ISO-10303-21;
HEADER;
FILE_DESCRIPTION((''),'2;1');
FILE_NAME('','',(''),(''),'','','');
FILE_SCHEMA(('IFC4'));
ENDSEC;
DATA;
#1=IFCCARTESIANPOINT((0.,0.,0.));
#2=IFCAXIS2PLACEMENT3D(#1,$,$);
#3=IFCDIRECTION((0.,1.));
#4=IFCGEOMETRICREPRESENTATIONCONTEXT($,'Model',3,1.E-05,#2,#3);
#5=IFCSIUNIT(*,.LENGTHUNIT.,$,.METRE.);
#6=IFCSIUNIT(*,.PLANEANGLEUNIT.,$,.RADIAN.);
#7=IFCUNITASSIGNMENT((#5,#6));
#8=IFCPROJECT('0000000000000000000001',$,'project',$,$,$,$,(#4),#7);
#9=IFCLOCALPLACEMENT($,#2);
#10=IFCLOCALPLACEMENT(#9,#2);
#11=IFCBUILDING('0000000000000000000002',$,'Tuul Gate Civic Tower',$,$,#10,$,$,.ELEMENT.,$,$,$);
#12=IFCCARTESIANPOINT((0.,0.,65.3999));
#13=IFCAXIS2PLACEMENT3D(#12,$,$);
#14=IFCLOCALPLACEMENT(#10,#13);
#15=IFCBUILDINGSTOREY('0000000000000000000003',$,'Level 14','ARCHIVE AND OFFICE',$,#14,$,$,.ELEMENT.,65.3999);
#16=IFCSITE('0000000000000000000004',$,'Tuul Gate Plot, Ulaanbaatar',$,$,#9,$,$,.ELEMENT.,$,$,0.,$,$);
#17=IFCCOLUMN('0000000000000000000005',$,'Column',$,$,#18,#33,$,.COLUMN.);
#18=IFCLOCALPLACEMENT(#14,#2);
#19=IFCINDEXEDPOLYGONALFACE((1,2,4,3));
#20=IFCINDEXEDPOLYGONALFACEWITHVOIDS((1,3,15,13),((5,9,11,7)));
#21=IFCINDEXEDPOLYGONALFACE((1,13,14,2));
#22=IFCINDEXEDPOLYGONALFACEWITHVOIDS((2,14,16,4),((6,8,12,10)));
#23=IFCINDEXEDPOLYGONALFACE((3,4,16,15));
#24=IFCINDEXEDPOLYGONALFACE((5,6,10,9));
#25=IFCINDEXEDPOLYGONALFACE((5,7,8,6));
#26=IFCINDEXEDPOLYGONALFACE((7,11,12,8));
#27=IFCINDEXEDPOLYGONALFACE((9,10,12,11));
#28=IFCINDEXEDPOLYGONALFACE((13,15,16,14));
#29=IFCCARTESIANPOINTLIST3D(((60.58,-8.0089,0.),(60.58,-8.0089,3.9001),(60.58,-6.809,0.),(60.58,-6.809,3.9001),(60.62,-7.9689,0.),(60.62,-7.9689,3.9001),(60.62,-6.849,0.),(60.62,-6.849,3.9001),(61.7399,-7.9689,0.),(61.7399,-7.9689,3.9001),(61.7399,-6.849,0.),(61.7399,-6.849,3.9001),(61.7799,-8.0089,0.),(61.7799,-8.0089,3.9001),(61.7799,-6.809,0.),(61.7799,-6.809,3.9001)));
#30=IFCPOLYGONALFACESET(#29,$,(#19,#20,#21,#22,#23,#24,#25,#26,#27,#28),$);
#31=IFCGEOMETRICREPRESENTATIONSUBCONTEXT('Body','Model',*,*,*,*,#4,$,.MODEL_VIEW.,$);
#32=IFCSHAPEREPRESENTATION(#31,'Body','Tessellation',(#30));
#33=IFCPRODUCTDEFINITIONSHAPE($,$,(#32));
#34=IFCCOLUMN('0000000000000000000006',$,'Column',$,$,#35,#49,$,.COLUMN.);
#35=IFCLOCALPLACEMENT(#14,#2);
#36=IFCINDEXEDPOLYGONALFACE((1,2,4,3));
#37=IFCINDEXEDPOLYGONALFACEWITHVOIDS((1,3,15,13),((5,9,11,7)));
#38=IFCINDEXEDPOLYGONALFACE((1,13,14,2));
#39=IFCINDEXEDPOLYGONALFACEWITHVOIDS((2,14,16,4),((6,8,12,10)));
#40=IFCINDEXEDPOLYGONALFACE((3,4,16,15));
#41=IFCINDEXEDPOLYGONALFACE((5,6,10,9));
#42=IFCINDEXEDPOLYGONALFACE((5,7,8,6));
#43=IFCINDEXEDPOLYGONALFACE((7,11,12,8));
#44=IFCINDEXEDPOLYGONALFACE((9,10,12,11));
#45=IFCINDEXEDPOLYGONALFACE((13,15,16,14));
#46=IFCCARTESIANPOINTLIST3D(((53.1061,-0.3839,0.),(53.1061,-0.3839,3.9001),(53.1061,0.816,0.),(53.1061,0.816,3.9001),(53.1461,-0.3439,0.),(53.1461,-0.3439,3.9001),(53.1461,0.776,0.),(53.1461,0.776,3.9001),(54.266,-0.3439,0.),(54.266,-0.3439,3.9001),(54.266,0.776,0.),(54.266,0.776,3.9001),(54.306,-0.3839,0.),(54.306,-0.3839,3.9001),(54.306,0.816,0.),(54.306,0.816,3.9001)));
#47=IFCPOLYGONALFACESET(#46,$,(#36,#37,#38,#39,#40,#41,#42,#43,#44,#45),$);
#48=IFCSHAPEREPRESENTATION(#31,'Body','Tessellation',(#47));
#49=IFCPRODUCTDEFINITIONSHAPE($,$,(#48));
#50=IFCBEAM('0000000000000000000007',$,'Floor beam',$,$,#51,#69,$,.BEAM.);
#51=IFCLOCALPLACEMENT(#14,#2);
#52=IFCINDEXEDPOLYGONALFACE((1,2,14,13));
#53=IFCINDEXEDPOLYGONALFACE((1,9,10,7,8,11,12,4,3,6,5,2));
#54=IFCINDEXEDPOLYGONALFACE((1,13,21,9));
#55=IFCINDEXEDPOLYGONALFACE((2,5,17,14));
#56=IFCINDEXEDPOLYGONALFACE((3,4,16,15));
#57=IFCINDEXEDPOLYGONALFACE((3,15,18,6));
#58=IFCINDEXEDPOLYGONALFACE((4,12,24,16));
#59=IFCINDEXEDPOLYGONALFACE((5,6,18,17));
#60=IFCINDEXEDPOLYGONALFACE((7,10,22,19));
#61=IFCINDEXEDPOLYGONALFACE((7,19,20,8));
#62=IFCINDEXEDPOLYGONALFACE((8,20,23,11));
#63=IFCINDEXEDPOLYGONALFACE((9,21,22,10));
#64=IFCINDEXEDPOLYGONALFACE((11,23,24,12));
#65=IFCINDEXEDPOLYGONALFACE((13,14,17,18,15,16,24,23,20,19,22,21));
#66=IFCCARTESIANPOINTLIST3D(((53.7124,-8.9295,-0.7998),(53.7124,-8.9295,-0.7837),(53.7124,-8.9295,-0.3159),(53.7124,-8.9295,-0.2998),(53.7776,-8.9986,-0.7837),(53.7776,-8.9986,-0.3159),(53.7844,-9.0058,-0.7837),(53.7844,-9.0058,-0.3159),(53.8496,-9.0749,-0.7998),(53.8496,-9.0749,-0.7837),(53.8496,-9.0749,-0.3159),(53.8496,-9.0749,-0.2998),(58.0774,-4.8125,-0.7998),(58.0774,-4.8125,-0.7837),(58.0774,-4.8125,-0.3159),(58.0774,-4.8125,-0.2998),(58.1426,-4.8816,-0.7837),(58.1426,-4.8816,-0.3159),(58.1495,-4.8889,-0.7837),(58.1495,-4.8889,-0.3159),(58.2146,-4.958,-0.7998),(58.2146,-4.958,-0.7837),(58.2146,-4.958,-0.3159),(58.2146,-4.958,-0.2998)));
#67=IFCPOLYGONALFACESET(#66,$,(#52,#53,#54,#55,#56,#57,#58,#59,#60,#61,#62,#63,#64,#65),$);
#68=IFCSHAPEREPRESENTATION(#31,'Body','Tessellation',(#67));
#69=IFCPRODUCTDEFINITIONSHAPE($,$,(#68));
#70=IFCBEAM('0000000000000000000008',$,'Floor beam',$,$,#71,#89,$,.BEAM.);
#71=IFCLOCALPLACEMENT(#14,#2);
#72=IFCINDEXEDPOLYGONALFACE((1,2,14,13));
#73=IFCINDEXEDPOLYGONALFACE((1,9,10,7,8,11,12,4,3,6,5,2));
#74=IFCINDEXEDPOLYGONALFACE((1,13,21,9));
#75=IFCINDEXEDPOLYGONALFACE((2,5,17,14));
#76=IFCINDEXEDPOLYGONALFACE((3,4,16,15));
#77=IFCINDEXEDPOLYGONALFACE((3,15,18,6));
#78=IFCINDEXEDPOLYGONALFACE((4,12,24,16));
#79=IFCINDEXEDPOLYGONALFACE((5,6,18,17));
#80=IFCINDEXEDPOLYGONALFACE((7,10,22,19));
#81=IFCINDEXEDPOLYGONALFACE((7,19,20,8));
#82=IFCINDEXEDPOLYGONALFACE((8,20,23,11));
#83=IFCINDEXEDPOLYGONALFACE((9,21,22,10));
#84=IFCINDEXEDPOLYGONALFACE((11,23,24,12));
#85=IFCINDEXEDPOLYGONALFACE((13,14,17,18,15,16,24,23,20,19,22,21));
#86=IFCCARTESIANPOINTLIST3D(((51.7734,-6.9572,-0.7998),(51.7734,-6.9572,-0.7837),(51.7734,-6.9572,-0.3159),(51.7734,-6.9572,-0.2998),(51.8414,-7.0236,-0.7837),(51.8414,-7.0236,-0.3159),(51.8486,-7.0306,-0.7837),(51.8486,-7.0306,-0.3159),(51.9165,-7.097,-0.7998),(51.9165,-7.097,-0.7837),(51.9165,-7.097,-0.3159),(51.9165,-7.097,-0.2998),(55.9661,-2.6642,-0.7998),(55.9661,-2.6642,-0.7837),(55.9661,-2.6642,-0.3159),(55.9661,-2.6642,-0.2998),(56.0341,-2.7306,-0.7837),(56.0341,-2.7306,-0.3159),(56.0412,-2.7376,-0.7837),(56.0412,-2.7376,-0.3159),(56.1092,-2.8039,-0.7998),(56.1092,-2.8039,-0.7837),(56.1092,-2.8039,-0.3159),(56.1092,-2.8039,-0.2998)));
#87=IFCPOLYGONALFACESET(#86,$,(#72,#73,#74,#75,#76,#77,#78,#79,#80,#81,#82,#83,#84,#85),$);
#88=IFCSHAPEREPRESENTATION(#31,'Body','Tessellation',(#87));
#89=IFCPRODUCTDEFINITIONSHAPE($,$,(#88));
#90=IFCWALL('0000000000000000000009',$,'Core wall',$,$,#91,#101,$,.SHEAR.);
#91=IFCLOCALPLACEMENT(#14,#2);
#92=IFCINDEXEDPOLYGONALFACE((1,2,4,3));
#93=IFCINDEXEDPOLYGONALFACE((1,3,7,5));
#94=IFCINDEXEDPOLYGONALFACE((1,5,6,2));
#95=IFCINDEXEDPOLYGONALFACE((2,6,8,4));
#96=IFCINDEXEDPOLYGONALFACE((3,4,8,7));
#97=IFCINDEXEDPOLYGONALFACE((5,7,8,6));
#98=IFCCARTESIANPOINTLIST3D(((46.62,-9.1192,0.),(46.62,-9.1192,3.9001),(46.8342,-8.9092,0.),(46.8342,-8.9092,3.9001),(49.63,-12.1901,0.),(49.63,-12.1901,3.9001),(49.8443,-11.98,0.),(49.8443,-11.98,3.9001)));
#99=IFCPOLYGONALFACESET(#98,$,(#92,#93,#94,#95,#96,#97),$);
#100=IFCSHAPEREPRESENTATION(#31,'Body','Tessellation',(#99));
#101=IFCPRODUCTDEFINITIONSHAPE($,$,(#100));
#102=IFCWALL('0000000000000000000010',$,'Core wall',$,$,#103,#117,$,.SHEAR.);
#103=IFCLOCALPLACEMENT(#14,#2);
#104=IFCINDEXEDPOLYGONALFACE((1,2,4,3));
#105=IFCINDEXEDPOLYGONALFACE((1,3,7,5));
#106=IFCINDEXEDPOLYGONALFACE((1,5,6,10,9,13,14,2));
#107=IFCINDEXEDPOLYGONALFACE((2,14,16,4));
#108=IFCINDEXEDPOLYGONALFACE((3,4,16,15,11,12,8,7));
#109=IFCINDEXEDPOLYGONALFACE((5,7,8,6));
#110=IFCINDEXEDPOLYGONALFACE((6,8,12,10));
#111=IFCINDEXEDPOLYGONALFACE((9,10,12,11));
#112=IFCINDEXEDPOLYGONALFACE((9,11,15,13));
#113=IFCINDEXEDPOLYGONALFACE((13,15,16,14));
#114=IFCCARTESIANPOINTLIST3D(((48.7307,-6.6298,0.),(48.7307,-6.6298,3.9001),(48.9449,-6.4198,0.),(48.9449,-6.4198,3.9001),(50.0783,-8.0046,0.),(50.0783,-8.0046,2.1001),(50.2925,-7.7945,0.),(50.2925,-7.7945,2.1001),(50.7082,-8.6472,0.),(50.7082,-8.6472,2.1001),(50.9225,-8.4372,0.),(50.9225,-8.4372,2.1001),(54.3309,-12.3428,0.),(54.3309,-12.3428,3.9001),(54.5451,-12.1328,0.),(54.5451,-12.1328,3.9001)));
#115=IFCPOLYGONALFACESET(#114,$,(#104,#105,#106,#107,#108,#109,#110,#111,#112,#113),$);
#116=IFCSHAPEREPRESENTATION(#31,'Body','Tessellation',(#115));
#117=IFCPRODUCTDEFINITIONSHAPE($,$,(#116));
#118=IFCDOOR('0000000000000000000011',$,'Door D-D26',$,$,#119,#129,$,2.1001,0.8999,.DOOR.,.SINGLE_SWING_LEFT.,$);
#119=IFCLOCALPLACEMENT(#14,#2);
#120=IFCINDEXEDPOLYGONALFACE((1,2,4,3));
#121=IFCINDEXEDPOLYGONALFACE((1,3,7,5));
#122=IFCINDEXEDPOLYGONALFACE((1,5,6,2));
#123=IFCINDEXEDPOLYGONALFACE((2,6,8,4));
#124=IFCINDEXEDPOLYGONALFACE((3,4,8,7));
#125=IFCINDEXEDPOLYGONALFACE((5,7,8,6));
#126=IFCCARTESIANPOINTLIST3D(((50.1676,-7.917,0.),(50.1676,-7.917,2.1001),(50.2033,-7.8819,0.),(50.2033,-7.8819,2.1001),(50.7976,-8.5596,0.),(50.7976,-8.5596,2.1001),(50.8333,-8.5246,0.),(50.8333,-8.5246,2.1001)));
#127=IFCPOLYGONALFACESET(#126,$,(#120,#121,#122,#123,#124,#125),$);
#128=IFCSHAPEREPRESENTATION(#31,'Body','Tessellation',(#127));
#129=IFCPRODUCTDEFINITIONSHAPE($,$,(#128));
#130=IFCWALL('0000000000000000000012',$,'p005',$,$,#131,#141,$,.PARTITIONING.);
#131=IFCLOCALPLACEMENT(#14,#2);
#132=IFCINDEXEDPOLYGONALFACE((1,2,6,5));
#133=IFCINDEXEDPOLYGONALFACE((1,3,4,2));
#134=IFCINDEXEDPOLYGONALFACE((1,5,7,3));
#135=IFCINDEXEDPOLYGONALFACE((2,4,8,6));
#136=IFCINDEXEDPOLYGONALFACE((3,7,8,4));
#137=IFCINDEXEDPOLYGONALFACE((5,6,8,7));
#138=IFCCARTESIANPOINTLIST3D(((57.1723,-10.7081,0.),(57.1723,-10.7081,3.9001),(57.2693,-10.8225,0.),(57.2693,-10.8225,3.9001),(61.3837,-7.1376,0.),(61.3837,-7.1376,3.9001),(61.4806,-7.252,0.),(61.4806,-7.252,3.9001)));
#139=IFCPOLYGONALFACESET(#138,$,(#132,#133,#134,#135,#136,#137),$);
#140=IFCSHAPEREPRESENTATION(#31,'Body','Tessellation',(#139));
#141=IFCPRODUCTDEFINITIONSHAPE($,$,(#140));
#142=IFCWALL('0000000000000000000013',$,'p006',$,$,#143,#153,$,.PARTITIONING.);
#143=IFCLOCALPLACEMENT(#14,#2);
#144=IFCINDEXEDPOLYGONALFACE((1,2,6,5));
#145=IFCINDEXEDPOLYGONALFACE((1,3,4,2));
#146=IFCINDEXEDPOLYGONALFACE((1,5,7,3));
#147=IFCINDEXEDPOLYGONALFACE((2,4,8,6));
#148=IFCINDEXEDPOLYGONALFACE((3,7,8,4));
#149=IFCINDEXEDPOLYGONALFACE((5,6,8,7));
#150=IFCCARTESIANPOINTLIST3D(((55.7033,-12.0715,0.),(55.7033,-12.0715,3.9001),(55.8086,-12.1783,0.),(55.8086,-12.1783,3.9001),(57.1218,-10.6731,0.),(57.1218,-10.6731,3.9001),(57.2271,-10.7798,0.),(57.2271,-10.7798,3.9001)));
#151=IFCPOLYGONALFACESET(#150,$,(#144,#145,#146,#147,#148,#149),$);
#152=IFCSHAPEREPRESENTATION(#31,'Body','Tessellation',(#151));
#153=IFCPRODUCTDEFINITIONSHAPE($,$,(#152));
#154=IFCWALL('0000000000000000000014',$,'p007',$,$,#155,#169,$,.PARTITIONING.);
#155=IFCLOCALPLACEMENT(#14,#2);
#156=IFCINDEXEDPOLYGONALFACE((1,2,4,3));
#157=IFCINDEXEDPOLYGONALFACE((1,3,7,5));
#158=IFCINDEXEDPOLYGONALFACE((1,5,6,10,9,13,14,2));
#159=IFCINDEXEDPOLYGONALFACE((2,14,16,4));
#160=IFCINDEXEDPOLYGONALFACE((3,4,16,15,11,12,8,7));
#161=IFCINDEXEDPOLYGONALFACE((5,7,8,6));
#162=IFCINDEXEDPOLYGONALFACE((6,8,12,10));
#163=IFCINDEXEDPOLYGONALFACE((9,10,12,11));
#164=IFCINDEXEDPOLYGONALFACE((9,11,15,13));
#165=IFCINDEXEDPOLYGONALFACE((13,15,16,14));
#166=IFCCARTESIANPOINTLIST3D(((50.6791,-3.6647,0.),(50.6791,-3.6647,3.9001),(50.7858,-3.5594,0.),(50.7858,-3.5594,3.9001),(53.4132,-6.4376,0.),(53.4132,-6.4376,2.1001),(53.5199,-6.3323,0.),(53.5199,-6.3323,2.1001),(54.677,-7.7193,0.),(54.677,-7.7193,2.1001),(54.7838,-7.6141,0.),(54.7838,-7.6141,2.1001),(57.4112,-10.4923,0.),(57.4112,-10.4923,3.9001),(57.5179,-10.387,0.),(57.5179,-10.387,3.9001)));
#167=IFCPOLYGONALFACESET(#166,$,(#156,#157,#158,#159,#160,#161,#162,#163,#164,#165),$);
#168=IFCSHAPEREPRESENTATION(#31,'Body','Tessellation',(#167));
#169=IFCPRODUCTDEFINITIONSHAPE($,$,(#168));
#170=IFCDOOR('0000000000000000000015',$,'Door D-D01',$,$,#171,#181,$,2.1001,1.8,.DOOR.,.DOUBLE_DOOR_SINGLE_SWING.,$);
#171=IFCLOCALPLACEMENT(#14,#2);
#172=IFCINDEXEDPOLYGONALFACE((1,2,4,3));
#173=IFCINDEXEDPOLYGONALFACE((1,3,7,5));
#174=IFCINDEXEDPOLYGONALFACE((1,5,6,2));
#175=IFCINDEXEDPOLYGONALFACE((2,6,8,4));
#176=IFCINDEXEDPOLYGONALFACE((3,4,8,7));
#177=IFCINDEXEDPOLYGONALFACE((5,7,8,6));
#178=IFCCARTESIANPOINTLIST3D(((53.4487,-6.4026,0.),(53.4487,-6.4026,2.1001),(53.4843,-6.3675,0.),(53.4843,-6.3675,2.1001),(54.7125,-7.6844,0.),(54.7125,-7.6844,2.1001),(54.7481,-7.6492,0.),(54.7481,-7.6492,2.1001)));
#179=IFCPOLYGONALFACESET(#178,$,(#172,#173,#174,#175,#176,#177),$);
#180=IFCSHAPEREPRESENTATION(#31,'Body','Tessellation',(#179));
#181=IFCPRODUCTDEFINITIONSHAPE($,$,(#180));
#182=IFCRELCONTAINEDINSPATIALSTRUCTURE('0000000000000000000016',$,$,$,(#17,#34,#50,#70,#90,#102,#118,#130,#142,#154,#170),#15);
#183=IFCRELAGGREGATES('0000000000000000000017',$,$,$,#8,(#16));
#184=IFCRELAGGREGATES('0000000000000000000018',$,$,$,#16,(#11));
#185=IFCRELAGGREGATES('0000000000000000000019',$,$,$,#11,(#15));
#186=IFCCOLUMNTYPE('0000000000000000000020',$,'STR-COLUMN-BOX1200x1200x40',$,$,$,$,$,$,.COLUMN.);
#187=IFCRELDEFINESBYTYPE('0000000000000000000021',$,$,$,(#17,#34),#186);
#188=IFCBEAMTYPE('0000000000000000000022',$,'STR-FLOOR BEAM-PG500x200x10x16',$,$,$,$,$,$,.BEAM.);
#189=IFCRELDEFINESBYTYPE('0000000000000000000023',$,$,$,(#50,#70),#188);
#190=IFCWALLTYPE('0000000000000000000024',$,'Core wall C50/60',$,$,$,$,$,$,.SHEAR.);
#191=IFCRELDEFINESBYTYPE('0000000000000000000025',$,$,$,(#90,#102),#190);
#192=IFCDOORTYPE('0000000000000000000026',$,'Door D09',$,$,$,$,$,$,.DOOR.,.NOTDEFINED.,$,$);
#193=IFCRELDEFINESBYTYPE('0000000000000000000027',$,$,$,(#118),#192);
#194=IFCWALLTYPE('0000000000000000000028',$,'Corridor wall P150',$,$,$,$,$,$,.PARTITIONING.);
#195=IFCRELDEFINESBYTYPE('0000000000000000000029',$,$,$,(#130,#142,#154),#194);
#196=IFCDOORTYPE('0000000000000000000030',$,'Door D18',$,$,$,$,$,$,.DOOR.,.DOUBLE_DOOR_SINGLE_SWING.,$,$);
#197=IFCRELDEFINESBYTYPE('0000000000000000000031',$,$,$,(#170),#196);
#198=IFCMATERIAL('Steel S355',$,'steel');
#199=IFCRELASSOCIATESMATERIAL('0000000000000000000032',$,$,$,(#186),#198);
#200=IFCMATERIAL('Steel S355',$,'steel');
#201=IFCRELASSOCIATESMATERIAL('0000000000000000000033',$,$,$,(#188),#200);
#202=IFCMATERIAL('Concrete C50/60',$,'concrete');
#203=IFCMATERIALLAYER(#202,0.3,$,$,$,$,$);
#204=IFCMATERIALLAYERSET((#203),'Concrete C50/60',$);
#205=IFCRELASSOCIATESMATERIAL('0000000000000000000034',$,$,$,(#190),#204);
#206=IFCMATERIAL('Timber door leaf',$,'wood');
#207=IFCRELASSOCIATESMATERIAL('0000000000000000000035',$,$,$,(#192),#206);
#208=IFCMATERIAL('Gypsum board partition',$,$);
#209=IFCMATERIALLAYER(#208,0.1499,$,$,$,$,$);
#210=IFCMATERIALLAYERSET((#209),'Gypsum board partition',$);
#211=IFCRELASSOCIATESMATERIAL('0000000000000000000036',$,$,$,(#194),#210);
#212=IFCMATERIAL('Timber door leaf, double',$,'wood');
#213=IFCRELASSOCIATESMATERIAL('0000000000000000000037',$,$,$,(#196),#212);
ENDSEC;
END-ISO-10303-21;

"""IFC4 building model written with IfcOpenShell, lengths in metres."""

from ifc_helpers import new_model, si_unit, direction, frame, frame_2d, origin, origin_2d, place, context, subcontext, project, spatial, rectangle, hollow_rectangle, i_section, extrude, material, layer, layer_set, material_profile, profile_set, type_object, element, fill, save


model = new_model("IFC4")

# Units and contexts
model_context = context("Model", 3, precision=1e-05, world=origin(), true_north=direction((0.0, 1.0)))
body_context = subcontext(model_context, "Body", "Model", "MODEL_VIEW")
ifc_project = project(units=[si_unit("LENGTHUNIT", "METRE"), si_unit("PLANEANGLEUNIT", "RADIAN")], contexts=[model_context])

# Site, building, storey
site_placement = place(None, origin())
site = spatial("IfcSite", under=ifc_project, at=site_placement, Name="Tuul Gate Plot, Ulaanbaatar", CompositionType="ELEMENT", RefElevation=0.0)
building_placement = place(site_placement, origin())
building = spatial("IfcBuilding", under=site, at=building_placement, Name="Tuul Gate Civic Tower", CompositionType="ELEMENT")
storey_placement = place(building_placement, frame((0.0, 0.0, 65.3999)))
storey = spatial("IfcBuildingStorey", under=building, at=storey_placement, Name="Level 14", Description="ARCHIVE AND OFFICE", CompositionType="ELEMENT", Elevation=65.3999)

# Columns
ifc_material_1 = material(Name="Steel S355", Category="steel")
ifc_material_profile_1 = material_profile(ifc_material_1, hollow_rectangle(XDim=1.2, YDim=1.2, WallThickness=0.04, at=origin_2d()), Name="BOX1200x1200x40")
ifc_profile_set_1 = profile_set([ifc_material_profile_1], Name="Steel S355")
column_type = type_object("IfcColumnType", Name="STR-COLUMN-BOX1200x1200x40", PredefinedType="COLUMN", material=ifc_profile_set_1)
for number, where, z_axis, x_axis, name in (
    (1, (61.1799, -7.4089, 0.0), (0.0, 0.0, 1.0), (1.0, 0.0, 0.0), "Column"),
    (2, (53.7061, 0.2161, 0.0), (0.0, 0.0, 1.0), (1.0, 0.0, 0.0), "Column"),
):
    element("IfcColumn", number, at=place(storey_placement, frame(where, z_axis=z_axis, x_axis=x_axis)), inside=storey, type_object=column_type, Name=name, PredefinedType="COLUMN", context=body_context, shape_type="SweptSolid", body=[
        extrude(hollow_rectangle(XDim=1.2, YDim=1.2, WallThickness=0.04, at=origin_2d()), origin(), (0.0, 0.0, 1.0), 3.9001),
    ])

# Beams
ifc_material_2 = material(Name="Steel S355", Category="steel")
ifc_material_profile_2 = material_profile(ifc_material_2, i_section(OverallWidth=0.2, OverallDepth=0.5, WebThickness=0.01, FlangeThickness=0.0161, at=origin_2d()), Name="PG500x200x10x16")
ifc_profile_set_2 = profile_set([ifc_material_profile_2], Name="Steel S355")
beam_type = type_object("IfcBeamType", Name="STR-FLOOR BEAM-PG500x200x10x16", PredefinedType="BEAM", material=ifc_profile_set_2)
beam_1_placement = place(storey_placement, frame((53.781, -9.0022, -0.5498), z_axis=(0.727475, 0.686135, 0.0), x_axis=(-0.686135, 0.727475, 0.0)))
element("IfcBeam", 3, at=beam_1_placement, inside=storey, type_object=beam_type, Name="Floor beam", PredefinedType="BEAM", context=body_context, shape_type="SweptSolid", body=[
    extrude(i_section(OverallWidth=0.2, OverallDepth=0.5, WebThickness=0.01, FlangeThickness=0.0161, at=origin_2d()), origin(), (0.0, 0.0, 1.0), 6.0002),
])
beam_2_placement = place(storey_placement, frame((51.845, -7.0271, -0.5498), z_axis=(0.698696, 0.715418, 0.0), x_axis=(-0.715418, 0.698696, 0.0)))
element("IfcBeam", 4, at=beam_2_placement, inside=storey, type_object=beam_type, Name="Floor beam", PredefinedType="BEAM", context=body_context, shape_type="SweptSolid", body=[
    extrude(i_section(OverallWidth=0.2, OverallDepth=0.5, WebThickness=0.01, FlangeThickness=0.0161, at=origin_2d()), origin(), (0.0, 0.0, 1.0), 6.0007),
])

# Wall
ifc_material_3 = material(Name="Concrete C50/60", Category="concrete")
ifc_layer_1 = layer(ifc_material_3, 0.3)
ifc_layer_set_1 = layer_set([ifc_layer_1], Name="Concrete C50/60")
wall_type_1 = type_object("IfcWallType", Name="Core wall C50/60", PredefinedType="SHEAR", material=ifc_layer_set_1)
wall_1_placement = place(storey_placement, frame((49.7371, -12.085, 0.0), z_axis=(0.0, 0.0, 1.0), x_axis=(-0.700003, 0.71414, 0.0)))
element("IfcWall", 5, at=wall_1_placement, inside=storey, type_object=wall_type_1, Name="Core wall", PredefinedType="SHEAR", context=body_context, shape_type="SweptSolid", body=[
    extrude(rectangle(XDim=4.3, YDim=0.3, at=frame_2d((2.1499, 0.0))), origin(), (0.0, 0.0, 1.0), 3.9001),
])

# Wall, opening, door
wall_2_placement = place(storey_placement, frame((54.438, -12.2378, 0.0), z_axis=(0.0, 0.0, 1.0), x_axis=(-0.700022, 0.714121, 0.0)))
wall_2 = element("IfcWall", 6, at=wall_2_placement, inside=storey, type_object=wall_type_1, Name="Core wall", PredefinedType="SHEAR", context=body_context, shape_type="SweptSolid", body=[
    extrude(rectangle(XDim=8.0, YDim=0.3, at=frame_2d((4.0, 0.0))), origin(), (0.0, 0.0, 1.0), 3.9001),
])
opening_1_placement = place(wall_2_placement, frame((5.175, 0.0, 0.0)))
opening_1 = element("IfcOpeningElement", 7, at=opening_1_placement, cuts=wall_2, PredefinedType="OPENING", context=body_context, shape_type="SweptSolid", body=[
    extrude(rectangle(XDim=0.8999, YDim=2.1001, at=frame_2d((0.45, 1.05))), frame((0.0, 0.1602, 0.0), z_axis=(0.0, -1.0, 0.0), x_axis=(1.0, 0.0, 0.0)), (0.0, 0.0, 1.0), 0.3201),
])
ifc_material_4 = material(Name="Timber door leaf", Category="wood")
door_type_1 = type_object("IfcDoorType", Name="Door D09", OperationType="NOTDEFINED", PredefinedType="DOOR", material=ifc_material_4)
door_1_placement = place(opening_1_placement, origin())
door_1 = element("IfcDoor", 8, at=door_1_placement, inside=storey, type_object=door_type_1, Name="Door D-D26", OperationType="SINGLE_SWING_LEFT", OverallHeight=2.1001, OverallWidth=0.8999, PredefinedType="DOOR", context=body_context, shape_type="SweptSolid", body=[
    extrude(rectangle(XDim=0.8999, YDim=2.1001, at=frame_2d((0.45, 1.05))), frame((0.0, 0.0249, 0.0), z_axis=(0.0, -1.0, 0.0), x_axis=(1.0, 0.0, 0.0)), (0.0, 0.0, 1.0), 0.05),
])
fill(opening_1, door_1)

# Walls
ifc_material_5 = material(Name="Gypsum board partition")
ifc_layer_2 = layer(ifc_material_5, 0.1499)
ifc_layer_set_2 = layer_set([ifc_layer_2], Name="Gypsum board partition")
wall_type_2 = type_object("IfcWallType", Name="Corridor wall P150", PredefinedType="PARTITIONING", material=ifc_layer_set_2)
wall_3_placement = place(storey_placement, frame((57.2207, -10.7654, 0.0), z_axis=(0.0, 0.0, 1.0), x_axis=(0.762757, 0.646685, 0.0)))
element("IfcWall", 9, at=wall_3_placement, inside=storey, type_object=wall_type_2, Name="p005", PredefinedType="PARTITIONING", context=body_context, shape_type="SweptSolid", body=[
    extrude(rectangle(XDim=5.5212, YDim=0.1499, at=frame_2d((2.7607, 0.0))), origin(), (0.0, 0.0, 1.0), 3.9001),
])
wall_4_placement = place(storey_placement, frame((55.7559, -12.125, 0.0), z_axis=(0.0, 0.0, 1.0), x_axis=(0.712114, 0.702064, 0.0)))
element("IfcWall", 10, at=wall_4_placement, inside=storey, type_object=wall_type_2, Name="p006", PredefinedType="PARTITIONING", context=body_context, shape_type="SweptSolid", body=[
    extrude(rectangle(XDim=1.9919, YDim=0.1499, at=frame_2d((0.9961, 0.0))), origin(), (0.0, 0.0, 1.0), 3.9001),
])

# Wall, opening, door
wall_5_placement = place(storey_placement, frame((50.7324, -3.6121, 0.0), z_axis=(0.0, 0.0, 1.0), x_axis=(0.702111, -0.712067, 0.0)))
wall_5 = element("IfcWall", 11, at=wall_5_placement, inside=storey, type_object=wall_type_2, Name="p007", PredefinedType="PARTITIONING", context=body_context, shape_type="SweptSolid", body=[
    extrude(rectangle(XDim=9.5884, YDim=0.1499, at=frame_2d((4.7942, 0.0))), origin(), (0.0, 0.0, 1.0), 3.9001),
])
opening_2_placement = place(wall_5_placement, frame((3.8943, 0.0, 0.0)))
opening_2 = element("IfcOpeningElement", 12, at=opening_2_placement, cuts=wall_5, PredefinedType="OPENING", context=body_context, shape_type="SweptSolid", body=[
    extrude(rectangle(XDim=1.8, YDim=2.1001, at=frame_2d((0.8999, 1.05))), frame((0.0, 0.085, 0.0), z_axis=(0.0, -1.0, 0.0), x_axis=(1.0, 0.0, 0.0)), (0.0, 0.0, 1.0), 0.1699),
])
ifc_material_6 = material(Name="Timber door leaf, double", Category="wood")
door_type_2 = type_object("IfcDoorType", Name="Door D18", OperationType="DOUBLE_DOOR_SINGLE_SWING", PredefinedType="DOOR", material=ifc_material_6)
door_2_placement = place(opening_2_placement, origin())
door_2 = element("IfcDoor", 13, at=door_2_placement, inside=storey, type_object=door_type_2, Name="Door D-D01", OperationType="DOUBLE_DOOR_SINGLE_SWING", OverallHeight=2.1001, OverallWidth=1.8, PredefinedType="DOOR", context=body_context, shape_type="SweptSolid", body=[
    extrude(rectangle(XDim=1.8, YDim=2.1001, at=frame_2d((0.8999, 1.05))), frame((0.0, 0.0249, 0.0), z_axis=(0.0, -1.0, 0.0), x_axis=(1.0, 0.0, 0.0)), (0.0, 0.0, 1.0), 0.05),
])
fill(opening_2, door_2)

save(model, "model.ifc")
